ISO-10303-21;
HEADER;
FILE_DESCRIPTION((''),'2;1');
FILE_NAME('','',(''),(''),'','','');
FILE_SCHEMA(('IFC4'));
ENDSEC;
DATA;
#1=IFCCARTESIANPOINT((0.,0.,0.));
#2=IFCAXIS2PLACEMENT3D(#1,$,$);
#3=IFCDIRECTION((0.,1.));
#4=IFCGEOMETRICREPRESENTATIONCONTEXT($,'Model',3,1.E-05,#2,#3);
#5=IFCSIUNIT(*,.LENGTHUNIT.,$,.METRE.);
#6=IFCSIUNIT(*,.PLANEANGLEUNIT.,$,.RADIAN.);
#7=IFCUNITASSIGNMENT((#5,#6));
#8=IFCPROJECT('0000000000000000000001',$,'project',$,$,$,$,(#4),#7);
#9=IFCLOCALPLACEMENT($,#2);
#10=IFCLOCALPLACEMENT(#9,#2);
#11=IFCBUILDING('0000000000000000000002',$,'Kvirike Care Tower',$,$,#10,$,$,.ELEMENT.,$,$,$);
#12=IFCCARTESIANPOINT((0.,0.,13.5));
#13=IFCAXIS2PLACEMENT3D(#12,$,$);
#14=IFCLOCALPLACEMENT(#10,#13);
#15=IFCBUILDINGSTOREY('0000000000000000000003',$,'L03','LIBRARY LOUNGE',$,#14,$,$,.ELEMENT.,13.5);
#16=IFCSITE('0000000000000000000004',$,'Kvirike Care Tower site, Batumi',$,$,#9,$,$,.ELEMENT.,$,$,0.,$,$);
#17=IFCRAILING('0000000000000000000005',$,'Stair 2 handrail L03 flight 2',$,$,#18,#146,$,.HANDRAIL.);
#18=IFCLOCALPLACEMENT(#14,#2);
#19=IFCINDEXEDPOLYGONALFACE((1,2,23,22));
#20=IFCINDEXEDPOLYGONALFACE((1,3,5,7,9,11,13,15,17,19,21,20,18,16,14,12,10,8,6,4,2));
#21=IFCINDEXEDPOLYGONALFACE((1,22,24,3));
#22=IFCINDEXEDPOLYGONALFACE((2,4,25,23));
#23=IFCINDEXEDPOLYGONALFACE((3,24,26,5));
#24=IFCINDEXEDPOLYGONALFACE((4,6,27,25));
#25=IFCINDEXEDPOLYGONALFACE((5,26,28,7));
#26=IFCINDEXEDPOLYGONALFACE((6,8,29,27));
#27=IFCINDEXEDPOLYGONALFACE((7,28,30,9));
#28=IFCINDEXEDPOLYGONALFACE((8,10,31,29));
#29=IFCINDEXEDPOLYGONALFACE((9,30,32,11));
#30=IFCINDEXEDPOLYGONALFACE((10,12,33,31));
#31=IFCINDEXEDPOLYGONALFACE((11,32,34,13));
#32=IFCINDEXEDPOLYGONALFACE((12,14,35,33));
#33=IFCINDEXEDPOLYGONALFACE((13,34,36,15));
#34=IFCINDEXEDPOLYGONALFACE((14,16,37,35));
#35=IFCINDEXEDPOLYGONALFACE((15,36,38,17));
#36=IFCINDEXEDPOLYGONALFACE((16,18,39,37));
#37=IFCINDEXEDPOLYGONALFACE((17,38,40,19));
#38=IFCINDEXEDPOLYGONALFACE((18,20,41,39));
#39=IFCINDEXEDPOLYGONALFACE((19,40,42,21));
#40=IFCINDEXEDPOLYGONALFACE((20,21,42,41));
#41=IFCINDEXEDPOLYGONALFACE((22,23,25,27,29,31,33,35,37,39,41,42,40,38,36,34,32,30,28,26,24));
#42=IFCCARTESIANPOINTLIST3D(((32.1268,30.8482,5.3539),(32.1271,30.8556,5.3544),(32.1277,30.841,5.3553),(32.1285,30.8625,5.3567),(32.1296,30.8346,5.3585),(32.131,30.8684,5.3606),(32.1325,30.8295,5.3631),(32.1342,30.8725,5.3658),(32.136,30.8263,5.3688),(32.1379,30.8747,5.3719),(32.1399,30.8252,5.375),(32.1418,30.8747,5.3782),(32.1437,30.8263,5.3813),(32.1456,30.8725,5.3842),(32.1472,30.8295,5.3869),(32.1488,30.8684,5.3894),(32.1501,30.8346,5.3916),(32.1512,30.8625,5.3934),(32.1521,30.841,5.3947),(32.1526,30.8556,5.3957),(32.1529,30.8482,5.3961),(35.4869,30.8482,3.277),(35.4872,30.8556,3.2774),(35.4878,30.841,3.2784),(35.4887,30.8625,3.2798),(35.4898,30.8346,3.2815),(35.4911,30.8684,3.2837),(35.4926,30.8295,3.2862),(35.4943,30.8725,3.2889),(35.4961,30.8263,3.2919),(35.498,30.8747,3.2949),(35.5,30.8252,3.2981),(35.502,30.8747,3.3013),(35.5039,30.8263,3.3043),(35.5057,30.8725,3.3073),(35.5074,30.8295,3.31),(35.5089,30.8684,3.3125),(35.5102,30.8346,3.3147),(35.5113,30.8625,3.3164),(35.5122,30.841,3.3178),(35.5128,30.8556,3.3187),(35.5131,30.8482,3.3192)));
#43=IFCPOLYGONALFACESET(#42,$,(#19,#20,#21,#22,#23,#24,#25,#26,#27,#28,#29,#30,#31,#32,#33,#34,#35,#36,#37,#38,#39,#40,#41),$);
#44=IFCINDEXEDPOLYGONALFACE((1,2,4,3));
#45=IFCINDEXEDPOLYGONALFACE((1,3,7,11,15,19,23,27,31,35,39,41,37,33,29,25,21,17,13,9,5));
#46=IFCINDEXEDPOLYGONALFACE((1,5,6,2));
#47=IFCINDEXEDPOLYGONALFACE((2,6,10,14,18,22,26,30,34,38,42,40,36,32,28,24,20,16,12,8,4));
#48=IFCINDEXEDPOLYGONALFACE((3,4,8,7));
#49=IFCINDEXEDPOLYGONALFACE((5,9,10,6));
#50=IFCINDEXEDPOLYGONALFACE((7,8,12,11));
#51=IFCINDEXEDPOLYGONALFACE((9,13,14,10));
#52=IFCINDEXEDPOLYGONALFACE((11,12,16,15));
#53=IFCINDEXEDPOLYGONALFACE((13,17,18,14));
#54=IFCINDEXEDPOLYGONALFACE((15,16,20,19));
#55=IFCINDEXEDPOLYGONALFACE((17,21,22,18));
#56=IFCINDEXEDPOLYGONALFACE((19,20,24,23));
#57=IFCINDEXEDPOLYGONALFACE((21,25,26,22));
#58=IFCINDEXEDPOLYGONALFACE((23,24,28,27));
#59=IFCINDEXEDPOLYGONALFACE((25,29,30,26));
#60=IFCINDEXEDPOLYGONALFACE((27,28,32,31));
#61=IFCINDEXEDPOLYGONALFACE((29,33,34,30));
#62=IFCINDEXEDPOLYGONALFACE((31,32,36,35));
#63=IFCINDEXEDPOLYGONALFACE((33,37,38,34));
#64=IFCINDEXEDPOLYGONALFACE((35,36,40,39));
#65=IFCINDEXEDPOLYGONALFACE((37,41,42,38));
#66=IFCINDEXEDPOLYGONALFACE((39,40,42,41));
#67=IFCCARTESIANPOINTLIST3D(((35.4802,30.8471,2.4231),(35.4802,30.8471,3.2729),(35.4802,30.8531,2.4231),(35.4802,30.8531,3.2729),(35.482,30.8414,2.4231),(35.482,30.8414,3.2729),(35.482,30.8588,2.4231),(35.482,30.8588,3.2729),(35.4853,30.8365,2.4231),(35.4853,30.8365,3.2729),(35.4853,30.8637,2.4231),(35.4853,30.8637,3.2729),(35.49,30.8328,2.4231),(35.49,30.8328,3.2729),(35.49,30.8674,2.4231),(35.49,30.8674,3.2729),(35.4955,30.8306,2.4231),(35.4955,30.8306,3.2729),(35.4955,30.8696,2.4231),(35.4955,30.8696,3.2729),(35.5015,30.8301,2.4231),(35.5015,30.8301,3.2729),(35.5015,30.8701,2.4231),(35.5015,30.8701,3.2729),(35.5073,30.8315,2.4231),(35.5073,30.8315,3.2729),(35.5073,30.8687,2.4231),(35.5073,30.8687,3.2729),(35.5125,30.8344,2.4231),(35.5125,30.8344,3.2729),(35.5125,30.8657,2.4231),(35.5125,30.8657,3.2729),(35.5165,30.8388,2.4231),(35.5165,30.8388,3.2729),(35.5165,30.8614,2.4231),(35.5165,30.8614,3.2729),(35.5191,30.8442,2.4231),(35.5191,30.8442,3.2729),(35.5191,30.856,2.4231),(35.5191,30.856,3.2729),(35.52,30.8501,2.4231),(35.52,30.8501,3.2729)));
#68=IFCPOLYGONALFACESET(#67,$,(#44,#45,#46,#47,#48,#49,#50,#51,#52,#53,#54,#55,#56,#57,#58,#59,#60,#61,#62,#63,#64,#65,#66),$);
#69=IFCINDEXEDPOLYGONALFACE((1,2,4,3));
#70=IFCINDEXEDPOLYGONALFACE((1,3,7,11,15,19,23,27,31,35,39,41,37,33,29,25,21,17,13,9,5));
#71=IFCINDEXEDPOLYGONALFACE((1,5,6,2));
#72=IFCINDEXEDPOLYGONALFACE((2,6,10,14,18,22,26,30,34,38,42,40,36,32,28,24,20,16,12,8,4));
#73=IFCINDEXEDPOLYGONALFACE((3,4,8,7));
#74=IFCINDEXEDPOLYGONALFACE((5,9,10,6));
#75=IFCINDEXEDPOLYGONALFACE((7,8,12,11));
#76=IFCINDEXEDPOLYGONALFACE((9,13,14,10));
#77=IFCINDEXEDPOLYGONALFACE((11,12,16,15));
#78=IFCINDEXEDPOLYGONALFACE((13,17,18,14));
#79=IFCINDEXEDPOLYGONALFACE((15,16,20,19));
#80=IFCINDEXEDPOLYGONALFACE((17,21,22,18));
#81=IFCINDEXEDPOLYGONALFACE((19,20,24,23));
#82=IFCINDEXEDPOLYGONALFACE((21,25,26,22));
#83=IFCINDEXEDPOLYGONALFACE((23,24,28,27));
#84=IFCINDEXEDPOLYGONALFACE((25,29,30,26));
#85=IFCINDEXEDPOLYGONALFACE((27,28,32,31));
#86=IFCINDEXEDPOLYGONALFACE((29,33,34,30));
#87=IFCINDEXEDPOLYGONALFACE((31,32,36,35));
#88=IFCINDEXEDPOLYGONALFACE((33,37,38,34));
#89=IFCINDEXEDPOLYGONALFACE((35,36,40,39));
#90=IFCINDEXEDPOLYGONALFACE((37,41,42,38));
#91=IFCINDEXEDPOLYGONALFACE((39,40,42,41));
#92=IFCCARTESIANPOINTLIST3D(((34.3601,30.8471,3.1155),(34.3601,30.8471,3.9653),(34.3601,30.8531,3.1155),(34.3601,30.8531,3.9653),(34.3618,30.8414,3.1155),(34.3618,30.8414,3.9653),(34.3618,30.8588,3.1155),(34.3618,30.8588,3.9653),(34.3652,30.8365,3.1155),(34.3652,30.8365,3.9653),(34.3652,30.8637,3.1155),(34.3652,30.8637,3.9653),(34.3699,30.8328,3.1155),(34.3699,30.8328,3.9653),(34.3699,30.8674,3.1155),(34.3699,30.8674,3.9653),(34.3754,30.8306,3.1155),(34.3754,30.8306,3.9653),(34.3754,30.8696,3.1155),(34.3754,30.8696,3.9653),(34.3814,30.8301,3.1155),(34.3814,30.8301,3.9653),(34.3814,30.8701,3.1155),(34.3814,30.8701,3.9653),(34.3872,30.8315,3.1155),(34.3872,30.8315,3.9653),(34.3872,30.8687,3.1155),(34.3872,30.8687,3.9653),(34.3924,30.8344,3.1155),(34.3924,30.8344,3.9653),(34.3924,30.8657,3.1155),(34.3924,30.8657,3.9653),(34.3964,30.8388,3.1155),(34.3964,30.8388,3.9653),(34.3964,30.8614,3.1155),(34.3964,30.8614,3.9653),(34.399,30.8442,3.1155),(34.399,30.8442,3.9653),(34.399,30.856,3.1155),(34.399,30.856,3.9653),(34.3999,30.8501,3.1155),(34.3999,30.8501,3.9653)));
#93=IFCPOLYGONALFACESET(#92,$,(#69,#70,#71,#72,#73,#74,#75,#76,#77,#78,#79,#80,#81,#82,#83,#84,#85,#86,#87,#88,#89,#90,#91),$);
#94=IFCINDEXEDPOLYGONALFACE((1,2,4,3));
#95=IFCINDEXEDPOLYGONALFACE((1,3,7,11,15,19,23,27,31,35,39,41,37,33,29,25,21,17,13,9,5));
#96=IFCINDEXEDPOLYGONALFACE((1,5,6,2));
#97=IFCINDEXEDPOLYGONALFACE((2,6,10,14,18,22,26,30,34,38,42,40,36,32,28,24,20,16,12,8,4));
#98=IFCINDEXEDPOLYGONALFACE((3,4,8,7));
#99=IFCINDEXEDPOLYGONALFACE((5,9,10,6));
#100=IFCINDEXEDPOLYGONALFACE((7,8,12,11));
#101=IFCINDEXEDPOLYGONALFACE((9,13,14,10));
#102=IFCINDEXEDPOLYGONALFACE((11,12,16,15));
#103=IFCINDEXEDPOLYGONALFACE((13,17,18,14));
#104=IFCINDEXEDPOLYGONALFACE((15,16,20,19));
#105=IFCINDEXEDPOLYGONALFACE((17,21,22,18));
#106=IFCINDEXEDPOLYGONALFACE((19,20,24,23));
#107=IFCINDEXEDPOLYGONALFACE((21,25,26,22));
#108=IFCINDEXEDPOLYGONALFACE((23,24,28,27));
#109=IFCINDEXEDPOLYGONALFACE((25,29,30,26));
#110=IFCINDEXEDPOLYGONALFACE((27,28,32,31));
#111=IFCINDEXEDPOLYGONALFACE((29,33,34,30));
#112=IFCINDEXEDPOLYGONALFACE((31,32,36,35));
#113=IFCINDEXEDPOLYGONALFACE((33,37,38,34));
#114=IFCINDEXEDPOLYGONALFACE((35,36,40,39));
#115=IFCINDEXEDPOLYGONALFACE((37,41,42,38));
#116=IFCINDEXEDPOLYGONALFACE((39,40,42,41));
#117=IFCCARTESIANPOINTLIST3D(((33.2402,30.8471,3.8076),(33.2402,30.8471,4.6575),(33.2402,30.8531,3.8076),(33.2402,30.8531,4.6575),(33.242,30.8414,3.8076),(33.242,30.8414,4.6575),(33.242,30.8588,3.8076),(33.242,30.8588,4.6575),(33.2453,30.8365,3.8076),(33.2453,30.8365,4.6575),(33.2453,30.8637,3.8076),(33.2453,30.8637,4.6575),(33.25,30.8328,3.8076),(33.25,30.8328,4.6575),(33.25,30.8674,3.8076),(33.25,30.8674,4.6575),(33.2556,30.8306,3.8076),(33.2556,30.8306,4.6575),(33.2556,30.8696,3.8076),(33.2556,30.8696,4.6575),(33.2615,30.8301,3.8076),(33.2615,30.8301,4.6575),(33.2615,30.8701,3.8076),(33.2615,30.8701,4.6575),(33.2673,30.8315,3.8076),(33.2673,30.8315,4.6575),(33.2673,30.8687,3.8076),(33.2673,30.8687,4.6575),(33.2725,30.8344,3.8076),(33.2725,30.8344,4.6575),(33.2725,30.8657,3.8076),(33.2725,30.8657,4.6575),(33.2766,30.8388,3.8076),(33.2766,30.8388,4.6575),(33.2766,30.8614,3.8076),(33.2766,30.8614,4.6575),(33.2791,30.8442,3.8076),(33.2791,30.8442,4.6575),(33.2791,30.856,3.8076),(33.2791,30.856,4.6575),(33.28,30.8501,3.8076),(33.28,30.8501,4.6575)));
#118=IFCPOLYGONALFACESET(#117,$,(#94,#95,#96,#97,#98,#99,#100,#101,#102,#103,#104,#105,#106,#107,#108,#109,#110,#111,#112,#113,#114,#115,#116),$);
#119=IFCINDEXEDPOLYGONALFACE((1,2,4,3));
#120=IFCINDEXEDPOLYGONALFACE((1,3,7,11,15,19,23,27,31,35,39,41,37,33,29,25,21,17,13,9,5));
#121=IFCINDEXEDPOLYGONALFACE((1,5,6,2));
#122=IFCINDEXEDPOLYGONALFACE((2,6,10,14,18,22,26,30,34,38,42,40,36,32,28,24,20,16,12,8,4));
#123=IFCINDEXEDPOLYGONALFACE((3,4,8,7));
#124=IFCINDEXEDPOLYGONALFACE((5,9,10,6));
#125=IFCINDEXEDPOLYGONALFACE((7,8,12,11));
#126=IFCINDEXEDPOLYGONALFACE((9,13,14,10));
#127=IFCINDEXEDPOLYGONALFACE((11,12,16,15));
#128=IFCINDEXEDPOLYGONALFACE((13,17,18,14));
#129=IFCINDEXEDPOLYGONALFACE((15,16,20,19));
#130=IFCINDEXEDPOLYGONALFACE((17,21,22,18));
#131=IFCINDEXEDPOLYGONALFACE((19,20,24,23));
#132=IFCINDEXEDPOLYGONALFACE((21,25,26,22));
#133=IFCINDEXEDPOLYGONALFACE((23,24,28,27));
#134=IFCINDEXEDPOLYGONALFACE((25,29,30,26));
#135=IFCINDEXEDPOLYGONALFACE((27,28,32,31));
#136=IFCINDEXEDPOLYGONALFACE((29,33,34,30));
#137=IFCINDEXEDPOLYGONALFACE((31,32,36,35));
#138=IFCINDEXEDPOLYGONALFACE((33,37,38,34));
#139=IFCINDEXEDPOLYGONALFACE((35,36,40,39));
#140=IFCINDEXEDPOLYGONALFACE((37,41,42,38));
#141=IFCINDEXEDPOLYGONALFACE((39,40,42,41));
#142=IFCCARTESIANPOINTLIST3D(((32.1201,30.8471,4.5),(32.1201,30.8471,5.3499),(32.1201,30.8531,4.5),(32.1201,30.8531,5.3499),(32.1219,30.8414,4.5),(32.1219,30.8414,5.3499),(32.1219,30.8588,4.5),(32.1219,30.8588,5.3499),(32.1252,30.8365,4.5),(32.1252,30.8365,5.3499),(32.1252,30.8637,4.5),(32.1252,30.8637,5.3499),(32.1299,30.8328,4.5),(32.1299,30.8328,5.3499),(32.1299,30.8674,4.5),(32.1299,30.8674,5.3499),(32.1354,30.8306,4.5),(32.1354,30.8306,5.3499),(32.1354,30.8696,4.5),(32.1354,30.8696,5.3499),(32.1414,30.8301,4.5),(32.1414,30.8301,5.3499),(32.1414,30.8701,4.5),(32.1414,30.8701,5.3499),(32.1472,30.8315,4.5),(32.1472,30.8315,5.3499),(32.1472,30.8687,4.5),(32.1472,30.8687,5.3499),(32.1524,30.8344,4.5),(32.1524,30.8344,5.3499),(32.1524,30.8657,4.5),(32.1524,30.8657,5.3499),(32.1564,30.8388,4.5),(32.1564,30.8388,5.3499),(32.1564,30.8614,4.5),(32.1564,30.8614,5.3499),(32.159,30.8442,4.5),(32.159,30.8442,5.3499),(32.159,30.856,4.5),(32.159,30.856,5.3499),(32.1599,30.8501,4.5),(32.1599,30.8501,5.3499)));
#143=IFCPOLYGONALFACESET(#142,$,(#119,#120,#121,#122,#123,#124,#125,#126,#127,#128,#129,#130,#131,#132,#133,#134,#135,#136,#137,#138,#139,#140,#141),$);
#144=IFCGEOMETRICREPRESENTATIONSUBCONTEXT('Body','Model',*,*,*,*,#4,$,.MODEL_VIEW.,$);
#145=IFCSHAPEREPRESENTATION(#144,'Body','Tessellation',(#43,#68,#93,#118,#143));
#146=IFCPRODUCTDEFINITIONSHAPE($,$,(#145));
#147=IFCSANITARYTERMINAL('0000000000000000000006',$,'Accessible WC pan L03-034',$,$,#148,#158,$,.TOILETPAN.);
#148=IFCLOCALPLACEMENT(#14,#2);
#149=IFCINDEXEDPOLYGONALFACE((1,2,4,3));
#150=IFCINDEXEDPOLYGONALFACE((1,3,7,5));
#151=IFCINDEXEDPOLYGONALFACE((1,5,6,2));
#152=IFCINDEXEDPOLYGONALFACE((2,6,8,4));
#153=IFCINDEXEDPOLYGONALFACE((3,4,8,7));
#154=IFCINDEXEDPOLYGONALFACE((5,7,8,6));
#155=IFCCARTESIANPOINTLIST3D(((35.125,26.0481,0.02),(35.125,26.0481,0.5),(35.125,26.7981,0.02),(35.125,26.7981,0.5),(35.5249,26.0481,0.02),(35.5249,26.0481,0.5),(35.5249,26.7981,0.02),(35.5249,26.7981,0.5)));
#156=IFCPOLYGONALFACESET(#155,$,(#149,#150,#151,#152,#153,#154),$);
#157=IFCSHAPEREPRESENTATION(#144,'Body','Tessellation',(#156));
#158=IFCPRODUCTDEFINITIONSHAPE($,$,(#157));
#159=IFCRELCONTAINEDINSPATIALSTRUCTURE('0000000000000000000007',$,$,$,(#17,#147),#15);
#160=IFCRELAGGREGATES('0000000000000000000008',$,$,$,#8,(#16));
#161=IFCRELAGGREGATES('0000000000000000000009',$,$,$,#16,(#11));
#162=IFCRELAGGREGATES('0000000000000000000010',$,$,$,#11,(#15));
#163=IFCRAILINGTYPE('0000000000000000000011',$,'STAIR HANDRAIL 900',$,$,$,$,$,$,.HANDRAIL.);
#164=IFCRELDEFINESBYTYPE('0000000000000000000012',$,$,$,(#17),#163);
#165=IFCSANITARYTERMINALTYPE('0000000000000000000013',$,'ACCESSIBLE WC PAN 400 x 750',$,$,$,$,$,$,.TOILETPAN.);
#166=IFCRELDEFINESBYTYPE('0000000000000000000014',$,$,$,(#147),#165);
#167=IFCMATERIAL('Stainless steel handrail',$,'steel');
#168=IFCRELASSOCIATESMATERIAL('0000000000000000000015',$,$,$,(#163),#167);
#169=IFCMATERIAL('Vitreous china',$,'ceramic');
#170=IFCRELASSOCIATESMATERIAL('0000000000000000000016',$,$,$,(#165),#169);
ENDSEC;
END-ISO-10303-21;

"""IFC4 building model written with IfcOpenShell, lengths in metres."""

from ifc_helpers import new_model, si_unit, direction, frame, origin, origin_2d, place, context, subcontext, project, spatial, rectangle, circle, extrude, material, type_object, element, save


model = new_model("IFC4")

# Units and contexts
model_context = context("Model", 3, precision=1e-05, world=origin(), true_north=direction((0.0, 1.0)))
body_context = subcontext(model_context, "Body", "Model", "MODEL_VIEW")
ifc_project = project(units=[si_unit("LENGTHUNIT", "METRE"), si_unit("PLANEANGLEUNIT", "RADIAN")], contexts=[model_context])

# Site, building, storey
site_placement = place(None, origin())
site = spatial("IfcSite", under=ifc_project, at=site_placement, Name="Kvirike Care Tower site, Batumi", CompositionType="ELEMENT", RefElevation=0.0)
building_placement = place(site_placement, origin())
building = spatial("IfcBuilding", under=site, at=building_placement, Name="Kvirike Care Tower", CompositionType="ELEMENT")
storey_placement = place(building_placement, frame((0.0, 0.0, 13.5)))
storey = spatial("IfcBuildingStorey", under=building, at=storey_placement, Name="L03", Description="LIBRARY LOUNGE", CompositionType="ELEMENT", Elevation=13.5)

# Railing
ifc_material_1 = material(Name="Stainless steel handrail", Category="steel")
railing_type = type_object("IfcRailingType", Name="STAIR HANDRAIL 900", PredefinedType="HANDRAIL", material=ifc_material_1)
railing_1_placement = place(storey_placement, frame((35.5, 30.8501, 2.4231)))
element("IfcRailing", 1, at=railing_1_placement, inside=storey, type_object=railing_type, Name="Stair 2 handrail L03 flight 2", PredefinedType="HANDRAIL", context=body_context, shape_type="SweptSolid", body=[
    extrude(circle(Radius=0.0249, at=origin_2d()), frame((0.0, 0.0, 0.875), z_axis=(-0.850623, 0.0, 0.525776), x_axis=(0.0, -1.0, 0.0)), (0.0, 0.0, 1.0), 3.9502),
    extrude(circle(Radius=0.02, at=origin_2d()), origin(), (0.0, 0.0, 1.0), 0.8499),
    extrude(circle(Radius=0.02, at=origin_2d()), frame((-1.1201, 0.0, 0.6924)), (0.0, 0.0, 1.0), 0.8499),
    extrude(circle(Radius=0.02, at=origin_2d()), frame((-2.24, 0.0, 1.3845)), (0.0, 0.0, 1.0), 0.8499),
    extrude(circle(Radius=0.02, at=origin_2d()), frame((-3.3601, 0.0, 2.0769)), (0.0, 0.0, 1.0), 0.8499),
])

# Sanitary terminal
ifc_material_2 = material(Name="Vitreous china", Category="ceramic")
sanitary_terminal_type = type_object("IfcSanitaryTerminalType", Name="ACCESSIBLE WC PAN 400 x 750", PredefinedType="TOILETPAN", material=ifc_material_2)
sanitary_terminal_placement = place(storey_placement, frame((35.325, 26.4231, 0.02), z_axis=(0.0, 0.0, 1.0), x_axis=(1.0, 0.0, 0.0)))
element("IfcSanitaryTerminal", 2, at=sanitary_terminal_placement, inside=storey, type_object=sanitary_terminal_type, Name="Accessible WC pan L03-034", PredefinedType="TOILETPAN", context=body_context, shape_type="SweptSolid", body=[
    extrude(rectangle(XDim=0.3999, YDim=0.75, at=origin_2d()), origin(), (0.0, 0.0, 1.0), 0.48),
])

save(model, "model.ifc")
